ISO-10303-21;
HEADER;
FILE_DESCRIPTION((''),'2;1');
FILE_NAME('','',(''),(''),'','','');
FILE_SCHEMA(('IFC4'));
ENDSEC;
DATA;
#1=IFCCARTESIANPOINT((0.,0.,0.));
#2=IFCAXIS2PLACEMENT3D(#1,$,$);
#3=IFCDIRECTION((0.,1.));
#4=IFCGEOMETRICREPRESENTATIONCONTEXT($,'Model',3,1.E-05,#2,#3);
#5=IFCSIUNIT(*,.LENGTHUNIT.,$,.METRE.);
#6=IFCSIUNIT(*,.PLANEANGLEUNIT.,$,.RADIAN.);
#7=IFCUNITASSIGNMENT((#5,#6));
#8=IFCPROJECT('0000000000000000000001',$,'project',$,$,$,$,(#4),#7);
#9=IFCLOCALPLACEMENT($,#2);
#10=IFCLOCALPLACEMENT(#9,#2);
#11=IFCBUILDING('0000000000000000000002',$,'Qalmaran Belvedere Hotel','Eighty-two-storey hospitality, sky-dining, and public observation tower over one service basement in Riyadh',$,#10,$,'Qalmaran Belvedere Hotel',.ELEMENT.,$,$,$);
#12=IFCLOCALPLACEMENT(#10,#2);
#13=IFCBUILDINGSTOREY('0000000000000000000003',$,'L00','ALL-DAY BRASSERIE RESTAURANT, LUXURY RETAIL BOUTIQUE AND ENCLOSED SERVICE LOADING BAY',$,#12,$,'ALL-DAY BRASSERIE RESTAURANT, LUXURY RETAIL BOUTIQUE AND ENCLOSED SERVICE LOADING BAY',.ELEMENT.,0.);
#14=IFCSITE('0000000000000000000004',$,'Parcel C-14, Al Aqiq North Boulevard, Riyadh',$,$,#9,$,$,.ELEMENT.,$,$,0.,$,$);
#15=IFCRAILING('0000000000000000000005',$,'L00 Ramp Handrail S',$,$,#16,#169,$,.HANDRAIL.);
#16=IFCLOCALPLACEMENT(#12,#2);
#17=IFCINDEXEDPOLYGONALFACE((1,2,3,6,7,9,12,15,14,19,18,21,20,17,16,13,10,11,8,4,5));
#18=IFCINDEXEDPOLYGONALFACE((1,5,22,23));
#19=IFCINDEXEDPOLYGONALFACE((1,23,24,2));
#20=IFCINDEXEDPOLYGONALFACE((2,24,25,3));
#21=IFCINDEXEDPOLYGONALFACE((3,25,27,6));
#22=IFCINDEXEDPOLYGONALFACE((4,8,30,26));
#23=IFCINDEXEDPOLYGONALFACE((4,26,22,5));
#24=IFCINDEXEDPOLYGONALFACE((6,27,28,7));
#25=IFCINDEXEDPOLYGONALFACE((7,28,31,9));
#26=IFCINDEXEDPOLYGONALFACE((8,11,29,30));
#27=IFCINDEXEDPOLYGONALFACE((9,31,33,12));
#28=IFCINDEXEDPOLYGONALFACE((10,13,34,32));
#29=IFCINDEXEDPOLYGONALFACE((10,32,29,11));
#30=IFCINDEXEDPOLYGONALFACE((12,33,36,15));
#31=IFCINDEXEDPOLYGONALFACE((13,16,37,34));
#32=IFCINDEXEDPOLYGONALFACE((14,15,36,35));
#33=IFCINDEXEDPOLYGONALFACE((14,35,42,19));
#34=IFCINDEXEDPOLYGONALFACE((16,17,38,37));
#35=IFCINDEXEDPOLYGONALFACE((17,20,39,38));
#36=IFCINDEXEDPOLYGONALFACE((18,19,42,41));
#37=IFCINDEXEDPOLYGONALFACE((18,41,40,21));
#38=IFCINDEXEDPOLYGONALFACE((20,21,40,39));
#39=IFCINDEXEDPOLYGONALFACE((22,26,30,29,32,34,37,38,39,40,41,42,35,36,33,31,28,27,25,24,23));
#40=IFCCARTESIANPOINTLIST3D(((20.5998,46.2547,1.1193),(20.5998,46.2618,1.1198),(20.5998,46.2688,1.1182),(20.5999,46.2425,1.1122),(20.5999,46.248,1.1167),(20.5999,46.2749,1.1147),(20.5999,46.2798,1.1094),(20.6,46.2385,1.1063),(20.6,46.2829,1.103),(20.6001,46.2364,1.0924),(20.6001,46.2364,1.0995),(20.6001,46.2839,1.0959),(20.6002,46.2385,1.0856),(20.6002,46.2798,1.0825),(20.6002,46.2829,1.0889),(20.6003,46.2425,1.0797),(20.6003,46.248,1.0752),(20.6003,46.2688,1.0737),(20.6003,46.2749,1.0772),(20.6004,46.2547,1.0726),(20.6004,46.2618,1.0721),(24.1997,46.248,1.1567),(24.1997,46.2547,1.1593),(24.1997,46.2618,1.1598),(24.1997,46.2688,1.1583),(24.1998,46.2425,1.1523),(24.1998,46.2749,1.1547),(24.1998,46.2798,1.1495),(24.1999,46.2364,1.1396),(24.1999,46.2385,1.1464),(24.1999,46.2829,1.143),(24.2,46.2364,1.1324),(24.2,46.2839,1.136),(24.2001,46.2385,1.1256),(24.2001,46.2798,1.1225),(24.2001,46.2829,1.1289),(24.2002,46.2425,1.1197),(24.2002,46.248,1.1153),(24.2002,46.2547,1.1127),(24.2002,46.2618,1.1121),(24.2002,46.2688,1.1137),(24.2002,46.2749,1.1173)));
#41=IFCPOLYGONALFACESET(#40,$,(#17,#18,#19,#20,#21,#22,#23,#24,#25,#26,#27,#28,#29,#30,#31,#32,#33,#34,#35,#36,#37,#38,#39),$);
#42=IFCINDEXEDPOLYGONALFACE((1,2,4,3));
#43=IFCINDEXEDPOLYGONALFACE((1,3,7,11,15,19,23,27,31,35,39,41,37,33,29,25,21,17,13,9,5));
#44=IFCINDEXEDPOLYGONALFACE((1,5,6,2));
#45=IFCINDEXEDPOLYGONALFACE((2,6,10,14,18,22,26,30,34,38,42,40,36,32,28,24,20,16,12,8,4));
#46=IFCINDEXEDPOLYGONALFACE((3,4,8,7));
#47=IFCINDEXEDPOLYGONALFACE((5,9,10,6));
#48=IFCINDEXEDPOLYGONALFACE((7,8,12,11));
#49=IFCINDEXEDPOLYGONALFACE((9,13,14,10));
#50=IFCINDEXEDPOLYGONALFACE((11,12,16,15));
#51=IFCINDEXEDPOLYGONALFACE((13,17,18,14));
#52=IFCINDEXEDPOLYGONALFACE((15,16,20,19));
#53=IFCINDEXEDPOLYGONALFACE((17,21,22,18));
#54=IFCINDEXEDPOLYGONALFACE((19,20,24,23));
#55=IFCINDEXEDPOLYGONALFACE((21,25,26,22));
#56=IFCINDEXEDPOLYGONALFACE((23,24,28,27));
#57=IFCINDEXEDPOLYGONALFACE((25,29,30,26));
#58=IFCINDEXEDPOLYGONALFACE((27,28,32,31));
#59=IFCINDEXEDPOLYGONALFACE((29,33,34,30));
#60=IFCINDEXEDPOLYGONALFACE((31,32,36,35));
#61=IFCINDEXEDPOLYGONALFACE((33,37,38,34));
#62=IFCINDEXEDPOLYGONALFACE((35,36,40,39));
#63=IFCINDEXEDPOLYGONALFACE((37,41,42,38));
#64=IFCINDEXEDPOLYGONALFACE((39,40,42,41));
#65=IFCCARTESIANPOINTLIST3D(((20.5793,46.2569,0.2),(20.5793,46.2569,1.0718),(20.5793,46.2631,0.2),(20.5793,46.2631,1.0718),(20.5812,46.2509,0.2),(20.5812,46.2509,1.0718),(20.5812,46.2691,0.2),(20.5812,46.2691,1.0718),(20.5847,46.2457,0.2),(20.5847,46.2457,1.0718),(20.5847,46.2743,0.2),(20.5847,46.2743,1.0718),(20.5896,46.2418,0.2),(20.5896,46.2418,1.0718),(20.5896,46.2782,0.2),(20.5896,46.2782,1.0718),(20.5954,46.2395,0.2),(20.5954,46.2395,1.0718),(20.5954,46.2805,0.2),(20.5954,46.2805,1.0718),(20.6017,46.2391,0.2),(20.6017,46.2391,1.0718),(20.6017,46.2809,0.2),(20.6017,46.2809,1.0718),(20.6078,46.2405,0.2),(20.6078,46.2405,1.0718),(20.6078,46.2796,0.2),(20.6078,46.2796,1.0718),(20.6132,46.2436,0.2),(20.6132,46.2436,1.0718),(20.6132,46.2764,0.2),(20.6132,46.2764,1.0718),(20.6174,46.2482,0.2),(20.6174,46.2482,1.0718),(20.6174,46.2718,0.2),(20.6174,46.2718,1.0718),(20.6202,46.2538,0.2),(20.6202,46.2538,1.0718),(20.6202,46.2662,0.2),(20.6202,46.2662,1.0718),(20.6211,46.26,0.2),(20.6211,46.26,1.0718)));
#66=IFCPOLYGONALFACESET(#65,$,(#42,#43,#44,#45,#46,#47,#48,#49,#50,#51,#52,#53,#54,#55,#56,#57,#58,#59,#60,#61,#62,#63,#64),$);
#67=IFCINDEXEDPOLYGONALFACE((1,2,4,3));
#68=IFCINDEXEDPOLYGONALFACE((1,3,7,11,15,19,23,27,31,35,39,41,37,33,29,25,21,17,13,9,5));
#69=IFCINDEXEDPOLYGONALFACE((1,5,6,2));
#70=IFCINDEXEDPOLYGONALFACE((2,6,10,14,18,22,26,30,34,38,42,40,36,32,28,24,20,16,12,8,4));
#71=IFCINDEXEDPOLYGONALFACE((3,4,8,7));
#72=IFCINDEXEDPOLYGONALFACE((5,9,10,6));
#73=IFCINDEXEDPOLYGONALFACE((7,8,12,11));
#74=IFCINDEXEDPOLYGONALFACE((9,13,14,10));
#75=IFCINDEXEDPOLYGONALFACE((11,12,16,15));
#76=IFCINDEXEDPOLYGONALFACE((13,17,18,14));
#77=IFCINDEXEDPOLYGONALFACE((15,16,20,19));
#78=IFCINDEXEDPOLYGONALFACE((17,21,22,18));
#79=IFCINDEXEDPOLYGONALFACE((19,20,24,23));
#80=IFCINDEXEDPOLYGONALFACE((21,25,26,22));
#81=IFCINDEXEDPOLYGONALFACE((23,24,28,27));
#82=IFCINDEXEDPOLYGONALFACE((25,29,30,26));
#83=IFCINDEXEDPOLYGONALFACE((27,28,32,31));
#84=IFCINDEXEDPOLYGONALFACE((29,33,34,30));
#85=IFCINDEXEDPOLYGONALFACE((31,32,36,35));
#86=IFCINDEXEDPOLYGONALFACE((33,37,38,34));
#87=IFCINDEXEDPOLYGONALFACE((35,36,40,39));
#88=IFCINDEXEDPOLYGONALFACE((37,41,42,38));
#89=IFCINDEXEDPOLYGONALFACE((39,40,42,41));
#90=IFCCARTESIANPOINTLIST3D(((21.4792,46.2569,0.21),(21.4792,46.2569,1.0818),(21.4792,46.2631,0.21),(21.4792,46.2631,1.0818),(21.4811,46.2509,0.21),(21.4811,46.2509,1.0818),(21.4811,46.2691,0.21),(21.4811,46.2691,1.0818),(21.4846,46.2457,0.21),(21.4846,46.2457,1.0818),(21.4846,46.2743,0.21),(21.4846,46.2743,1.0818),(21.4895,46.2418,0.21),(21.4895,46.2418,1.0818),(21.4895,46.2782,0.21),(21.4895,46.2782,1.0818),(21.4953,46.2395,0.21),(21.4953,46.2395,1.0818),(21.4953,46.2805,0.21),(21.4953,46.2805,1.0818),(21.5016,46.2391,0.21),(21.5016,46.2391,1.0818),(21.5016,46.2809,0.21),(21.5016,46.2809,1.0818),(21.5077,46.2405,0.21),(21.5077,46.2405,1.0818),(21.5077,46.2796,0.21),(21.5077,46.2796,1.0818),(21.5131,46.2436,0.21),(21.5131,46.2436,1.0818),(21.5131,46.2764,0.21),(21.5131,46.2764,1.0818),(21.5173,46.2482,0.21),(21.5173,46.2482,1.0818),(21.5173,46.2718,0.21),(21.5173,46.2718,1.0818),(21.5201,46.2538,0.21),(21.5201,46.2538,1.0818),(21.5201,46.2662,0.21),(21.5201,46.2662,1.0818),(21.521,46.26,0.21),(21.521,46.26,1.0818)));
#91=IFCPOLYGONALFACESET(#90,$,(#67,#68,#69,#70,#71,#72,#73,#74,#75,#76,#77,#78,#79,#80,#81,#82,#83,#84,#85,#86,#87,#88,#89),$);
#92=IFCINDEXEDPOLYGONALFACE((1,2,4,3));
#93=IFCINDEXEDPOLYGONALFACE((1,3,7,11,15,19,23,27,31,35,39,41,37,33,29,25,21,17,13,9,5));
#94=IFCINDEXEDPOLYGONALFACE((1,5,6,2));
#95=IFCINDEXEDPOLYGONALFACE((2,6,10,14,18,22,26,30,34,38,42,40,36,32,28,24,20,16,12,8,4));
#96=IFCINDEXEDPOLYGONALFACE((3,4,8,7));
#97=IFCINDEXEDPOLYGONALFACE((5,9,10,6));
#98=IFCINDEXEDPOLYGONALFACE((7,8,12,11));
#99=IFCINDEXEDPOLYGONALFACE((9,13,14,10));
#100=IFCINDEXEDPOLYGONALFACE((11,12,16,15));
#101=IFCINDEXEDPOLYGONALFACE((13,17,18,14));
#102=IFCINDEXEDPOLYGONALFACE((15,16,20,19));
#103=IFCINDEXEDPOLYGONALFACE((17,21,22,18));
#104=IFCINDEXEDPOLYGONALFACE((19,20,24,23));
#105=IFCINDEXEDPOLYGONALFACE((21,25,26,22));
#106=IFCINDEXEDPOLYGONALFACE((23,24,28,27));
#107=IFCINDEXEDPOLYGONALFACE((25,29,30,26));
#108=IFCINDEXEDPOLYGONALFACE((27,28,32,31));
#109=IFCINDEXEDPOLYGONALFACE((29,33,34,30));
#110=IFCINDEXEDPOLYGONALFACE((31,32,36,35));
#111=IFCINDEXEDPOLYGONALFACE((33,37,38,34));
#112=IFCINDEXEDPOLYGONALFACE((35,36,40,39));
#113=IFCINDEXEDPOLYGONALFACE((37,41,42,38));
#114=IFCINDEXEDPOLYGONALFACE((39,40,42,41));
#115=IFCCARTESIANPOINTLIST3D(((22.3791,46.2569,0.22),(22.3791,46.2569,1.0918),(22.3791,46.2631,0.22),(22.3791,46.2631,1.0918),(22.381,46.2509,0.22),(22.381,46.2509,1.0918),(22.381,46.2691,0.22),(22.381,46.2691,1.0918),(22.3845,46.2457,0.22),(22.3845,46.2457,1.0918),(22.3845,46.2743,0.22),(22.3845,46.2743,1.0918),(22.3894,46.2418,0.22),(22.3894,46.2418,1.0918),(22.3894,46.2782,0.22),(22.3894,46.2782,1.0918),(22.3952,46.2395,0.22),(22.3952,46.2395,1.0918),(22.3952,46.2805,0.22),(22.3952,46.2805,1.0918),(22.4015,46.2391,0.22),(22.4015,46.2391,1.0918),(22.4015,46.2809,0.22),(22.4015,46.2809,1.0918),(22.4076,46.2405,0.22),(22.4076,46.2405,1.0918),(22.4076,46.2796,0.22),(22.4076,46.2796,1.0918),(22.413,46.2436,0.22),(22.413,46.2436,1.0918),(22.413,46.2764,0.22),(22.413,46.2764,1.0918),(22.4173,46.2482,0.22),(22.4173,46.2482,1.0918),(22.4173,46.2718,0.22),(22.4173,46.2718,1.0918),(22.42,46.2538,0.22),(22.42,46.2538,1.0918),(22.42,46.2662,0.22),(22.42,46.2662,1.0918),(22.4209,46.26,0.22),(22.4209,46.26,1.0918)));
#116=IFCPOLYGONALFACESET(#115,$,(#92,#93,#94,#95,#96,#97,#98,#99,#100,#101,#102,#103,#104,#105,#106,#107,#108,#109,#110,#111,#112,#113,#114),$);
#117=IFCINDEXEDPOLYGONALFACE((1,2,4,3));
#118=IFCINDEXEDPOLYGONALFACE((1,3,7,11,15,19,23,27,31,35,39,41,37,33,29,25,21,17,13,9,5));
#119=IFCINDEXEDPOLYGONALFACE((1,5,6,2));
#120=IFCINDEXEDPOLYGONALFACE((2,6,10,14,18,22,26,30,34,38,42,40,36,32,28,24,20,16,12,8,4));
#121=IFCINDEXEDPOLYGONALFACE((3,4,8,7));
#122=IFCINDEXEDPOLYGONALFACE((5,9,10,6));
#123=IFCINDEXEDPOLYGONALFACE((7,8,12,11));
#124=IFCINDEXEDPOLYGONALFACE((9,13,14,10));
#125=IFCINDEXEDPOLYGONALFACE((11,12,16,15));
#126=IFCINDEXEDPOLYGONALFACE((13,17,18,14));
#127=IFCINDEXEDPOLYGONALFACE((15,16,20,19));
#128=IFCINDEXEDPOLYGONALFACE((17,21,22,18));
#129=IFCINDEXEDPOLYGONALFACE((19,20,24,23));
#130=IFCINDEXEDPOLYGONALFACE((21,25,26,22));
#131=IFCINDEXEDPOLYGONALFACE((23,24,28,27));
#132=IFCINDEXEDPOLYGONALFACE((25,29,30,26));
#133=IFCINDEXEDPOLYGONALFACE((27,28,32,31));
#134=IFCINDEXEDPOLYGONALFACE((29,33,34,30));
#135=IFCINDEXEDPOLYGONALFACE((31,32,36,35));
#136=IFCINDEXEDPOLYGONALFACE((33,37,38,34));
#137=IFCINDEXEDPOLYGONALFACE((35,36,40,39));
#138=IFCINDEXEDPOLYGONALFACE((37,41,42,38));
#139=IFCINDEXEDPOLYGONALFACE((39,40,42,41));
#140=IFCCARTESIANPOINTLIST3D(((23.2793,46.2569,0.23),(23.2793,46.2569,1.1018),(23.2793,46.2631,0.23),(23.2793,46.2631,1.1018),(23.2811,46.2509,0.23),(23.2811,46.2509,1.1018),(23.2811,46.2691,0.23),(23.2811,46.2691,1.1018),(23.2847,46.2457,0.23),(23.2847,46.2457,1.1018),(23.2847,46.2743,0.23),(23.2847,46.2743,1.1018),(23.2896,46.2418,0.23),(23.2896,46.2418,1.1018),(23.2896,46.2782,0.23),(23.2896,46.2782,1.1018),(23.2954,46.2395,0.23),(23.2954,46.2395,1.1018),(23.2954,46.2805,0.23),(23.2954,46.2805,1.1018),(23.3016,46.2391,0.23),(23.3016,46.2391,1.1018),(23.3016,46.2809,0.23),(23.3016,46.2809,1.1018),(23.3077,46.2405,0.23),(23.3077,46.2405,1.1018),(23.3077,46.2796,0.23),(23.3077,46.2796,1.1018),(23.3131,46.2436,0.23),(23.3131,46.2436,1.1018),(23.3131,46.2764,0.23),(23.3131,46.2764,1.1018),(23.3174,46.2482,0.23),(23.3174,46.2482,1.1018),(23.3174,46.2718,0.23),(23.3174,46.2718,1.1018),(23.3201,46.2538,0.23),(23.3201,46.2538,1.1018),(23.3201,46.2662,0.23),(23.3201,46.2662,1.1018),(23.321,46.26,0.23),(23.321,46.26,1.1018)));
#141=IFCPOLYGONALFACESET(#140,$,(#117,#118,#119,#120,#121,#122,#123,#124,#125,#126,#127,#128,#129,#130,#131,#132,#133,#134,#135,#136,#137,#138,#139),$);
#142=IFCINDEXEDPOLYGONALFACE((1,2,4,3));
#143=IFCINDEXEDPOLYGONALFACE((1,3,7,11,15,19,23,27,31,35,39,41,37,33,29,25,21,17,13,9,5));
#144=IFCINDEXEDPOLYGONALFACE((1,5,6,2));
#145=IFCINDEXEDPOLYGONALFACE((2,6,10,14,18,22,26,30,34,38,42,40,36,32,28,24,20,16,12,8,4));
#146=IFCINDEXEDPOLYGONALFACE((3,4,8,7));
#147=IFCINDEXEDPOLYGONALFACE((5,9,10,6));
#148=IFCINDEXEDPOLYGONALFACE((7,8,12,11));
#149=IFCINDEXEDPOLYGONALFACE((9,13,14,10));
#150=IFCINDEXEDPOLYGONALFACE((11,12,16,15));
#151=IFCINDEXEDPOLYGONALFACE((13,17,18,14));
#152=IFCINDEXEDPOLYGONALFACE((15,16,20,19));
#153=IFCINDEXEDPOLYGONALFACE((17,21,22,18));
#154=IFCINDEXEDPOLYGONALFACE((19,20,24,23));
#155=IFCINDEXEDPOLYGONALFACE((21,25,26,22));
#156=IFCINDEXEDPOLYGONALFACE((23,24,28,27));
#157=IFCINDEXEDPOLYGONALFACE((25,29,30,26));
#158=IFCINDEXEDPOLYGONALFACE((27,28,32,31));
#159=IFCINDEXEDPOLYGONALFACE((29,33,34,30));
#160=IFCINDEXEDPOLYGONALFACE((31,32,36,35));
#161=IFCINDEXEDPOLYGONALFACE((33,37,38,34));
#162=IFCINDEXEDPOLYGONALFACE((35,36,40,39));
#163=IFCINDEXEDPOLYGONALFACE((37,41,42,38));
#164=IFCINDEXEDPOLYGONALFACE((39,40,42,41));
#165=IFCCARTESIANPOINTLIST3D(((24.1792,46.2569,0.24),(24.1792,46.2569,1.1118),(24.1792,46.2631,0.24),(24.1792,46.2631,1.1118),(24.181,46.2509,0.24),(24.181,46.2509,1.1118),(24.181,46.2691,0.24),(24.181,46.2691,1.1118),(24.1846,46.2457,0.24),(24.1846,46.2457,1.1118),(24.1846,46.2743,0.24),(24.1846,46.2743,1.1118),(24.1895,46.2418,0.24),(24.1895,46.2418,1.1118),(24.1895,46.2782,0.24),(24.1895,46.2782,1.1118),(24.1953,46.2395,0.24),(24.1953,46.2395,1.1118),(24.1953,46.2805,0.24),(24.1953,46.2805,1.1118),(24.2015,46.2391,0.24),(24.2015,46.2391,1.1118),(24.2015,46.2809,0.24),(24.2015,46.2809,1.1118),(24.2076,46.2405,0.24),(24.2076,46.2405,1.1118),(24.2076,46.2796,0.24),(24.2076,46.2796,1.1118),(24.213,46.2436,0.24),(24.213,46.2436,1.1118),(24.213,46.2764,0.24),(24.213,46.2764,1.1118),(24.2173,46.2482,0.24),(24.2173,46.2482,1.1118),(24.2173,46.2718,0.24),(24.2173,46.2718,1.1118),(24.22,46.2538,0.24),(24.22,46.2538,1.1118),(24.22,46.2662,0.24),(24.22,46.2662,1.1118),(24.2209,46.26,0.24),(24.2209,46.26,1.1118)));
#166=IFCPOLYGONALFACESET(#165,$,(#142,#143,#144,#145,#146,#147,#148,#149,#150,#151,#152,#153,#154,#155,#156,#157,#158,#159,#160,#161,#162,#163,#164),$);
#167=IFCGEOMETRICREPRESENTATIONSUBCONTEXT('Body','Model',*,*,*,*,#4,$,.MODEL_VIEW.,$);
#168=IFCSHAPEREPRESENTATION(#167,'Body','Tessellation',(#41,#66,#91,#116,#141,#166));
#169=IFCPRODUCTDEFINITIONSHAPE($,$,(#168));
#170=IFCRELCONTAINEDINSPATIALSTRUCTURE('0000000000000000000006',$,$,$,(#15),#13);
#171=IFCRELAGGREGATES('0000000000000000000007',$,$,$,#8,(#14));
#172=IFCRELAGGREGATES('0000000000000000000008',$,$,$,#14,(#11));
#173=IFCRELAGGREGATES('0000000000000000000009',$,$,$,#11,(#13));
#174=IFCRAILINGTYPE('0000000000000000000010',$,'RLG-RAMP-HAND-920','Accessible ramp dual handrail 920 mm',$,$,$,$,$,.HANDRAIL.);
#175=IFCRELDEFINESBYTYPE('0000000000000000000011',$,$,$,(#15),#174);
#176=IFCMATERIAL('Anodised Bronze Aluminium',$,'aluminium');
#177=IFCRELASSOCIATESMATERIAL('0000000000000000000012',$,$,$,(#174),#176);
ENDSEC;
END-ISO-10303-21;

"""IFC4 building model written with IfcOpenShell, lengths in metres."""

from ifc_helpers import new_model, si_unit, direction, frame, origin, origin_2d, place, context, subcontext, project, spatial, circle, extrude, material, type_object, element, save


model = new_model("IFC4")

# Units and contexts
model_context = context("Model", 3, precision=1e-05, world=origin(), true_north=direction((0.0, 1.0)))
body_context = subcontext(model_context, "Body", "Model", "MODEL_VIEW")
ifc_project = project(units=[si_unit("LENGTHUNIT", "METRE"), si_unit("PLANEANGLEUNIT", "RADIAN")], contexts=[model_context])

# Site, building, storey
site_placement = place(None, origin())
site = spatial("IfcSite", under=ifc_project, at=site_placement, Name="Parcel C-14, Al Aqiq North Boulevard, Riyadh", CompositionType="ELEMENT", RefElevation=0.0)
building_placement = place(site_placement, origin())
building = spatial("IfcBuilding", under=site, at=building_placement, Name="Qalmaran Belvedere Hotel", Description="Eighty-two-storey hospitality, sky-dining, and public observation tower over one service basement in Riyadh", LongName="Qalmaran Belvedere Hotel", CompositionType="ELEMENT")
storey_placement = place(building_placement, origin())
storey = spatial("IfcBuildingStorey", under=building, at=storey_placement, Name="L00", Description="ALL-DAY BRASSERIE RESTAURANT, LUXURY RETAIL BOUTIQUE AND ENCLOSED SERVICE LOADING BAY", LongName="ALL-DAY BRASSERIE RESTAURANT, LUXURY RETAIL BOUTIQUE AND ENCLOSED SERVICE LOADING BAY", CompositionType="ELEMENT", Elevation=0.0)

# Railing
ifc_material_1 = material(Name="Anodised Bronze Aluminium", Category="aluminium")
railing_type = type_object("IfcRailingType", Name="RLG-RAMP-HAND-920", Description="Accessible ramp dual handrail 920 mm", PredefinedType="HANDRAIL", material=ifc_material_1)
for number, where, name in (
    (1, (20.6001, 46.26, 0.2), "L00 Ramp Handrail S"),
):
    element("IfcRailing", number, at=place(storey_placement, frame(where)), inside=storey, type_object=railing_type, Name=name, PredefinedType="HANDRAIL", context=body_context, shape_type="SweptSolid", body=[
        extrude(circle(Radius=0.0239, at=origin_2d()), frame((0.0, 0.0, 0.896), z_axis=(0.999938, 0.0, 0.011122), x_axis=(0.0, 1.0, 0.0)), (0.0, 0.0, 1.0), 3.6001),
        extrude(circle(Radius=0.021, at=origin_2d()), origin(), (0.0, 0.0, 1.0), 0.8718),
        extrude(circle(Radius=0.021, at=origin_2d()), frame((0.8999, 0.0, 0.01)), (0.0, 0.0, 1.0), 0.8718),
        extrude(circle(Radius=0.021, at=origin_2d()), frame((1.7998, 0.0, 0.02)), (0.0, 0.0, 1.0), 0.8718),
        extrude(circle(Radius=0.021, at=origin_2d()), frame((2.7, 0.0, 0.03)), (0.0, 0.0, 1.0), 0.8718),
        extrude(circle(Radius=0.021, at=origin_2d()), frame((3.5999, 0.0, 0.04)), (0.0, 0.0, 1.0), 0.8718),
    ])

save(model, "model.ifc")
